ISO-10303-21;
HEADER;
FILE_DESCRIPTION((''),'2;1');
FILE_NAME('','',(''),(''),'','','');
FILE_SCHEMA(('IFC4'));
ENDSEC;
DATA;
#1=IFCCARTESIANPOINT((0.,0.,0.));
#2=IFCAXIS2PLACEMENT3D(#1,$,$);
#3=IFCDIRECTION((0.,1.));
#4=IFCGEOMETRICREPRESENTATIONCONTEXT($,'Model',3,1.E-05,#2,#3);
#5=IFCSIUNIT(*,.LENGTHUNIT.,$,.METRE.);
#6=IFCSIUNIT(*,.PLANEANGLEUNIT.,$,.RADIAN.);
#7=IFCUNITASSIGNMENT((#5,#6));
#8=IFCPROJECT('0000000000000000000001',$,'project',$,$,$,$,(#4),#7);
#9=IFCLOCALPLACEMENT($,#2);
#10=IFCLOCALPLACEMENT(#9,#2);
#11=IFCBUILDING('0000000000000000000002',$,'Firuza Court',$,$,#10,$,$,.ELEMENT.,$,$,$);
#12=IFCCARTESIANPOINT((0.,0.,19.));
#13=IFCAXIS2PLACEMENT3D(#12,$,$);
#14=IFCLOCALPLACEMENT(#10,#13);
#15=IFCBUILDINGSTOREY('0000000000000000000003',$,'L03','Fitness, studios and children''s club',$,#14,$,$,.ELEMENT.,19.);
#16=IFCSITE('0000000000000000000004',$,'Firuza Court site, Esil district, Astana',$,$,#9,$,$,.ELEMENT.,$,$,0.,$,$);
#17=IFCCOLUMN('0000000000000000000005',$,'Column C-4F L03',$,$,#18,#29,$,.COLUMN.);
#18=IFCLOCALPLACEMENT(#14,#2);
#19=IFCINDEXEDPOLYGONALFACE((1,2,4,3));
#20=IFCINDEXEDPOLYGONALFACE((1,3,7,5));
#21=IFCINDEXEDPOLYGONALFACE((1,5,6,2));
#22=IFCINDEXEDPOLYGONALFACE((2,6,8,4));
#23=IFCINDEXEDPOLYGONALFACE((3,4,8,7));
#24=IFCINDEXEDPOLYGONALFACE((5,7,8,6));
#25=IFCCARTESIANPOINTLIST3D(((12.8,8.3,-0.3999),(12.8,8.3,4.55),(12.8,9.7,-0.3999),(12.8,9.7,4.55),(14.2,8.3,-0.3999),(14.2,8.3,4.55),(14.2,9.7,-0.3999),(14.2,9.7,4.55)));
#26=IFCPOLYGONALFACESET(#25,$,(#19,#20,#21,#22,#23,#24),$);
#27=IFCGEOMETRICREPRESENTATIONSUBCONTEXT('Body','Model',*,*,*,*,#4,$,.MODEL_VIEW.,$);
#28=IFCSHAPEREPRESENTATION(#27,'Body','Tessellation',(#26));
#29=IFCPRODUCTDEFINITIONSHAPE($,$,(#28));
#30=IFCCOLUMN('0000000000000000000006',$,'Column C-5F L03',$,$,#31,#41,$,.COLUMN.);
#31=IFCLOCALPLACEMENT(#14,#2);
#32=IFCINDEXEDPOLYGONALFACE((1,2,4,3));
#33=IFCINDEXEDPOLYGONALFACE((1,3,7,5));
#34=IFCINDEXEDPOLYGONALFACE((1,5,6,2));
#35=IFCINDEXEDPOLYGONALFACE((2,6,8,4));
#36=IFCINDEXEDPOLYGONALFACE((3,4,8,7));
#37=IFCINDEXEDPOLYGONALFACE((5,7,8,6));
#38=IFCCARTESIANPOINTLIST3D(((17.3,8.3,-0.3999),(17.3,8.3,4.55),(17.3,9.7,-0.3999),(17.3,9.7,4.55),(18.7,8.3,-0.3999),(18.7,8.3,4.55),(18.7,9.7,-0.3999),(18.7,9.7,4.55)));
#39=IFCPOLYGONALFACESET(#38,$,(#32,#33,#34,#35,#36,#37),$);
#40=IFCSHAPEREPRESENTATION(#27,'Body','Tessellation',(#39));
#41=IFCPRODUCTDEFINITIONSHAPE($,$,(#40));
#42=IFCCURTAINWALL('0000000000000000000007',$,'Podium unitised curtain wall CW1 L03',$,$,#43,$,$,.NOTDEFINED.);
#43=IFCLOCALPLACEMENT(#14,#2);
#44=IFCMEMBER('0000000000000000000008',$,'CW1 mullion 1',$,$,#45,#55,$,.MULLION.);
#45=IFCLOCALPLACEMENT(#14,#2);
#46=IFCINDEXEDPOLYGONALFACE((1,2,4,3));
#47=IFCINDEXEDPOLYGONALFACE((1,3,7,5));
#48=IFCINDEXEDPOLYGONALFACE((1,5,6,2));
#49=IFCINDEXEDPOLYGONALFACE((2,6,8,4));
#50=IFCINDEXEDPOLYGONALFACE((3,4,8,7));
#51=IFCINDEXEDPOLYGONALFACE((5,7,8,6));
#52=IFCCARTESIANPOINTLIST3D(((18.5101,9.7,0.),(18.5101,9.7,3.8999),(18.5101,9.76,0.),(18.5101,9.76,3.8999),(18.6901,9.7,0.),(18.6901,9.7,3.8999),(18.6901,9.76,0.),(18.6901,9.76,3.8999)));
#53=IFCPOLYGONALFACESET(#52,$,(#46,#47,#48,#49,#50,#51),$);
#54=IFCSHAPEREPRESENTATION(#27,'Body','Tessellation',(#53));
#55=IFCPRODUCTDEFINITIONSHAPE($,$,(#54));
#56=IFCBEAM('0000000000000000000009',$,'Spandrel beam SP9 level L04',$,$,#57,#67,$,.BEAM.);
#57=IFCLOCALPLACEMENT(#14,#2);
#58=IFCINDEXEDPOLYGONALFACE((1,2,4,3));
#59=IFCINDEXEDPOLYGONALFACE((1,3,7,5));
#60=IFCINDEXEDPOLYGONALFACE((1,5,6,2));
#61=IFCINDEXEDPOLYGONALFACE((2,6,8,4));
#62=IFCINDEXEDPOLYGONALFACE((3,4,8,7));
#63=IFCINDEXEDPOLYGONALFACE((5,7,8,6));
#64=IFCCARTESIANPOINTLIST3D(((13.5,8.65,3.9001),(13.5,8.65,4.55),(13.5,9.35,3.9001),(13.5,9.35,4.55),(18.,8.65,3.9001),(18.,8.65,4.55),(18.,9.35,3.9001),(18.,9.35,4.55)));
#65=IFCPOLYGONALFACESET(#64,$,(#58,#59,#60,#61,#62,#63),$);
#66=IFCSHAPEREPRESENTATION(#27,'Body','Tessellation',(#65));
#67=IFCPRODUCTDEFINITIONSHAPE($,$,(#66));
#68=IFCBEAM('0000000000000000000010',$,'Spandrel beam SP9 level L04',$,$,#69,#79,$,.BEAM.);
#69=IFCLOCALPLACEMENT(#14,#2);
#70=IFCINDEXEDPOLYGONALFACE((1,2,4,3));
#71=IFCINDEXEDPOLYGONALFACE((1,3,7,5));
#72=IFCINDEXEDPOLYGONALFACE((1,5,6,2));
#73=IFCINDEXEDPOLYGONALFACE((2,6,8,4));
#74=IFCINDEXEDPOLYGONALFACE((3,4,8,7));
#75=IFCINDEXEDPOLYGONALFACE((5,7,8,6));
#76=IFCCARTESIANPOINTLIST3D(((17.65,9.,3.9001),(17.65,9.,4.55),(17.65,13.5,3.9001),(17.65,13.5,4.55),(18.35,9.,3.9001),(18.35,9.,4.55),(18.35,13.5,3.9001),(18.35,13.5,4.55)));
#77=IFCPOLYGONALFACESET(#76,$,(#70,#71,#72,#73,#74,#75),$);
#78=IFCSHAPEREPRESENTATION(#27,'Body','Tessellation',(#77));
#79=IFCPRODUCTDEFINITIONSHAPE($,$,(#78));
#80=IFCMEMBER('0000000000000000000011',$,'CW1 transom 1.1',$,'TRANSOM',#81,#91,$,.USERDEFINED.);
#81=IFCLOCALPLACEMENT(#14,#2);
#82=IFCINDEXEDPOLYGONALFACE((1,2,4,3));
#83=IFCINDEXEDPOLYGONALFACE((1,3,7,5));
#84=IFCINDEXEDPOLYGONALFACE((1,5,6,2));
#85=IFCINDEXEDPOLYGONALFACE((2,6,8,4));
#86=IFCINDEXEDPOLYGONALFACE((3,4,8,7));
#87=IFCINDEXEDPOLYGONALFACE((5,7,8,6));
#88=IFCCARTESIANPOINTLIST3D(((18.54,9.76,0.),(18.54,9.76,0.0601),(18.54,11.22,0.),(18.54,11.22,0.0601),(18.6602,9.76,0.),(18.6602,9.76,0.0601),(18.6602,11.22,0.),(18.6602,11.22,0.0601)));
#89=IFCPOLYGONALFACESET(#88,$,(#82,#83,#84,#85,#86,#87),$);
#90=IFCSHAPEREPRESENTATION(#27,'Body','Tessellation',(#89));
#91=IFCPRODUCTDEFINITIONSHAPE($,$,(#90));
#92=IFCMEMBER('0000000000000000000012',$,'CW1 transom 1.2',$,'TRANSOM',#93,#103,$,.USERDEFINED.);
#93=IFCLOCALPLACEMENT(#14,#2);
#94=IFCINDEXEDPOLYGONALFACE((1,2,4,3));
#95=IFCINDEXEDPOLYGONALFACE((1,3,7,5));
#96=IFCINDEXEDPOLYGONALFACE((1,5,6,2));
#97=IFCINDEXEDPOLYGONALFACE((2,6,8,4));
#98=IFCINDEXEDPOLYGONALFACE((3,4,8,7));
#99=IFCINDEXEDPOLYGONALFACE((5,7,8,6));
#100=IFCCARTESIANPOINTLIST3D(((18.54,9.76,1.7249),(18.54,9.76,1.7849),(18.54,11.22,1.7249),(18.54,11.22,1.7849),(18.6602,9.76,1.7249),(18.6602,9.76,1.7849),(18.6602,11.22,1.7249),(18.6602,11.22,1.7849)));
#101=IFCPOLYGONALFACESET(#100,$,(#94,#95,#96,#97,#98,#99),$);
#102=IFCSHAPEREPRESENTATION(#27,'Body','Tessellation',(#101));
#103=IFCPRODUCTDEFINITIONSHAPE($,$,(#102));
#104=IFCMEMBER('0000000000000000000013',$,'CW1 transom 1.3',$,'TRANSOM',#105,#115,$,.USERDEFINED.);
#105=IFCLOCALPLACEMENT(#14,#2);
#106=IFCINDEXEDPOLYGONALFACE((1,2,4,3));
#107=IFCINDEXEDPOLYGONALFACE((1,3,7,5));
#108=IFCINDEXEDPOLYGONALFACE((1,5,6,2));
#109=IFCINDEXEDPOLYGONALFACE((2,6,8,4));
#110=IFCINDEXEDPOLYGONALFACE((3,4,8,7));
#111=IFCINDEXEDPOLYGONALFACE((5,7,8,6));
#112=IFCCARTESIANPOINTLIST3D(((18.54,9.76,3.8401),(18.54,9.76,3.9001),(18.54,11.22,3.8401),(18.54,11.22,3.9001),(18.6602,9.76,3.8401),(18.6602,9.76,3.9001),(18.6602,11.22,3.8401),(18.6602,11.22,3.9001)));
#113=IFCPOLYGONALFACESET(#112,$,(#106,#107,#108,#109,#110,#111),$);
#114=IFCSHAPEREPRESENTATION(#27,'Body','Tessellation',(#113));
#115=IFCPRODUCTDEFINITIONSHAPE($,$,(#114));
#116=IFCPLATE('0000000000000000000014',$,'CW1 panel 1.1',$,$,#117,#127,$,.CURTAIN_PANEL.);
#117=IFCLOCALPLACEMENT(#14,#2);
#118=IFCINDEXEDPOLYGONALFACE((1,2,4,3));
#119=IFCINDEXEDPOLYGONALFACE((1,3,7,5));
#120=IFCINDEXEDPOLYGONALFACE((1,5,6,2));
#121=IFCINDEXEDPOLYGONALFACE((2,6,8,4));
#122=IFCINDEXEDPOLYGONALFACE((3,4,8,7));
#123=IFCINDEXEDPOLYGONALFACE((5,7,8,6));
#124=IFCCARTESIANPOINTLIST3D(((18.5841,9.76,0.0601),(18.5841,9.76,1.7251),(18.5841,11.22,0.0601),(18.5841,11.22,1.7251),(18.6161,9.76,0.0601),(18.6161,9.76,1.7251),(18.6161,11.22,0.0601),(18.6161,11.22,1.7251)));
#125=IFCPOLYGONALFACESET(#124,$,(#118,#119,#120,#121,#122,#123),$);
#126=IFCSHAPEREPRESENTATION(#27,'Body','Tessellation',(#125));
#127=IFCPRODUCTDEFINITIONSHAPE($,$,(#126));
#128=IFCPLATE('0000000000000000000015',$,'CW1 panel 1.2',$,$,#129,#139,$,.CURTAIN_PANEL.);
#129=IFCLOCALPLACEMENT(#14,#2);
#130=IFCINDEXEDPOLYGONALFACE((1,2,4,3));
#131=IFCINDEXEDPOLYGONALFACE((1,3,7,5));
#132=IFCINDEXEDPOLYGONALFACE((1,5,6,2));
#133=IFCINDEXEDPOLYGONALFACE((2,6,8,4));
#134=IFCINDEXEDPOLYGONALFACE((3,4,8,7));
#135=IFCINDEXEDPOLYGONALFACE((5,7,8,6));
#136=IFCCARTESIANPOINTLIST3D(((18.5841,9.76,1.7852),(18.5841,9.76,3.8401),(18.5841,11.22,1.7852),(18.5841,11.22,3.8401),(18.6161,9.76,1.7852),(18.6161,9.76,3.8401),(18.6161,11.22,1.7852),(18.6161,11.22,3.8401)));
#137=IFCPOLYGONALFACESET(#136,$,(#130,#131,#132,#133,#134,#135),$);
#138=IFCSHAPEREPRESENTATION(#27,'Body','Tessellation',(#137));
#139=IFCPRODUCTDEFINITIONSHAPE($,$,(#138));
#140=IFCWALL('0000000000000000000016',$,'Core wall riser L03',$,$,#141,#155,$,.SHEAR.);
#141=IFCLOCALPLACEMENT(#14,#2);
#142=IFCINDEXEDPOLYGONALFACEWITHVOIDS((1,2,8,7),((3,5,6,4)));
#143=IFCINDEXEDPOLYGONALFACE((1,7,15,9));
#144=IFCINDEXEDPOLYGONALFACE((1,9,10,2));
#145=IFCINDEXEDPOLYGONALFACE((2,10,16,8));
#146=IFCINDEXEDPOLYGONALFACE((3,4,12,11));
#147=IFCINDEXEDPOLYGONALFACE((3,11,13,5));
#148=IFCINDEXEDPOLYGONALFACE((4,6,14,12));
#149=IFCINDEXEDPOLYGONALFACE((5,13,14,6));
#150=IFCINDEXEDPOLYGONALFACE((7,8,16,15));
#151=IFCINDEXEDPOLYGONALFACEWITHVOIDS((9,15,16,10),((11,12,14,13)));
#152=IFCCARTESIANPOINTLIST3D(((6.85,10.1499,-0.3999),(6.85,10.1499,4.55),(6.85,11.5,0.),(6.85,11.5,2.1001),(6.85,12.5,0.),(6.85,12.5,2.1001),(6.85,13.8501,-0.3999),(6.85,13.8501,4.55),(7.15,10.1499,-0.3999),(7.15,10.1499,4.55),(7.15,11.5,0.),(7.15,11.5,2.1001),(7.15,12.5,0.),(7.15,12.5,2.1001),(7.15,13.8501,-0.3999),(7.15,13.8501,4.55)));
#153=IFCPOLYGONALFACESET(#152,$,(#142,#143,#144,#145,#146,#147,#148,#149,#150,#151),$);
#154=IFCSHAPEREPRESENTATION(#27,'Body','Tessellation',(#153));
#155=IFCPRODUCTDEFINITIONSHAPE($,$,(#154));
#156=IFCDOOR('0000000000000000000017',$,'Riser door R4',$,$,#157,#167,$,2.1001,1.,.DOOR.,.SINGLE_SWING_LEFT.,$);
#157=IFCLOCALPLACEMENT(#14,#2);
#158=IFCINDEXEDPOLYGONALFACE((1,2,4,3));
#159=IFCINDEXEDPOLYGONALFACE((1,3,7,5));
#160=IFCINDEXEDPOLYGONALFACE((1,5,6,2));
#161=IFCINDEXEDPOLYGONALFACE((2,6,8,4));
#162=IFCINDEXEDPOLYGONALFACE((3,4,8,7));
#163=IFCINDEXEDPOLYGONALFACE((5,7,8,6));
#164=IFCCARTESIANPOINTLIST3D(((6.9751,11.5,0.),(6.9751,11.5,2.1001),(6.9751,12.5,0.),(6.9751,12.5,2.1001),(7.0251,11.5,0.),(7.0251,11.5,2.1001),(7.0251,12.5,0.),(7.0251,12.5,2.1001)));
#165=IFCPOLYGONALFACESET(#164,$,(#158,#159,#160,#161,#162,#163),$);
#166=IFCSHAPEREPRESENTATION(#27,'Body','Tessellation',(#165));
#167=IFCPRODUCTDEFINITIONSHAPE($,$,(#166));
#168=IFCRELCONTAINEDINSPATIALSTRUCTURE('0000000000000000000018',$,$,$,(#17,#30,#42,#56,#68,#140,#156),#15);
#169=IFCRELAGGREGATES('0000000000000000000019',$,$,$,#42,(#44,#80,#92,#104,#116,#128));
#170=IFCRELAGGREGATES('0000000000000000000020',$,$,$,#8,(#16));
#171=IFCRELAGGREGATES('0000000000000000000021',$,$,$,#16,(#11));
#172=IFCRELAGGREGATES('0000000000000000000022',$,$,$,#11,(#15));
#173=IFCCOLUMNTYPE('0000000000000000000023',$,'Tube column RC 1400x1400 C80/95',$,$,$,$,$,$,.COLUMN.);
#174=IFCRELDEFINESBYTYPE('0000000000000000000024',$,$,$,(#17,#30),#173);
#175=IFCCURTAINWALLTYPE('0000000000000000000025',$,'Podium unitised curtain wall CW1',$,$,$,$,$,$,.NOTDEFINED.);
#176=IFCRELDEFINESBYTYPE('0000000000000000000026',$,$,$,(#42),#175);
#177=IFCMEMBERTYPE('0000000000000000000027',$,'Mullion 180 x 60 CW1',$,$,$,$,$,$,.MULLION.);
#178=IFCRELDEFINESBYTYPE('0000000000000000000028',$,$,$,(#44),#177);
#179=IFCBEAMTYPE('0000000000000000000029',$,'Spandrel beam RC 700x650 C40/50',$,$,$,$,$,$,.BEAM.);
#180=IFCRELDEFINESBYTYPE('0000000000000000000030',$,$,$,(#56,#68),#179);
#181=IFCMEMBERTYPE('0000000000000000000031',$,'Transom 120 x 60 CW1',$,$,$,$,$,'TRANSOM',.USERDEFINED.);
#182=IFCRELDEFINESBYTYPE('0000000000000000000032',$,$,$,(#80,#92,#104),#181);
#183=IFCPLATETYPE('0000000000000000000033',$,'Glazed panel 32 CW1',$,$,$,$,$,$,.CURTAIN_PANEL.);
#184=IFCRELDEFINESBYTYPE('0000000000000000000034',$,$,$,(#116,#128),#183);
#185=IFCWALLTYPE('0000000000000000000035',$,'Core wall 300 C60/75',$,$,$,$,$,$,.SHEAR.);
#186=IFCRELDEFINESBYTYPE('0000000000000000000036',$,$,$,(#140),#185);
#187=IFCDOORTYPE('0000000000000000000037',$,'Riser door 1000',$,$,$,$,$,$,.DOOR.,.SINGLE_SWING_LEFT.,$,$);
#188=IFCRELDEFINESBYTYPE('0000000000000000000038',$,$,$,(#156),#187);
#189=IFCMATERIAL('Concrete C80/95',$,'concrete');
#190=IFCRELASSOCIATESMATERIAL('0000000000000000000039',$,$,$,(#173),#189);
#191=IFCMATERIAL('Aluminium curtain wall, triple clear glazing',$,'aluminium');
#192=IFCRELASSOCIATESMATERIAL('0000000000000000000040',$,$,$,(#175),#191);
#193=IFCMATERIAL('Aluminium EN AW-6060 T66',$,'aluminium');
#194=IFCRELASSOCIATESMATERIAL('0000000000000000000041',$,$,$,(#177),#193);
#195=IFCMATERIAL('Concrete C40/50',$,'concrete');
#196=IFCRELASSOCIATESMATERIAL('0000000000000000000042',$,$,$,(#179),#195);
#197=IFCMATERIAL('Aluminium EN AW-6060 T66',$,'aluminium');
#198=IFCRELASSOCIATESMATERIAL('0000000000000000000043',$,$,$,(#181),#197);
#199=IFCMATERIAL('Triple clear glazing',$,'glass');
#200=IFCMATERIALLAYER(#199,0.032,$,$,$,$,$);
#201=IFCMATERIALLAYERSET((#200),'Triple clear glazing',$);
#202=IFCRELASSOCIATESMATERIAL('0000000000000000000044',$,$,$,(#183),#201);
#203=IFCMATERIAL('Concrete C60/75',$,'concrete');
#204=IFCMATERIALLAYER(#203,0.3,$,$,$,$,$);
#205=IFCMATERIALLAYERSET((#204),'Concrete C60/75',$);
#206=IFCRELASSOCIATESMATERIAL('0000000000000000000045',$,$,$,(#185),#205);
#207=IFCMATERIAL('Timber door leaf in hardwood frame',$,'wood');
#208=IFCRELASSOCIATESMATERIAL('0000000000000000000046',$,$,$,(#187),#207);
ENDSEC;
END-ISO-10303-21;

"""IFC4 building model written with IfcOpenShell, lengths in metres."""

from ifc_helpers import new_model, si_unit, direction, frame, frame_2d, origin, origin_2d, place, context, subcontext, project, spatial, rectangle, extrude, material, layer, layer_set, material_profile, profile_set, type_object, element, fill, aggregate, save


model = new_model("IFC4")

# Units and contexts
model_context = context("Model", 3, precision=1e-05, world=origin(), true_north=direction((0.0, 1.0)))
body_context = subcontext(model_context, "Body", "Model", "MODEL_VIEW")
ifc_project = project(units=[si_unit("LENGTHUNIT", "METRE"), si_unit("PLANEANGLEUNIT", "RADIAN")], contexts=[model_context])

# Site, building, storey
site_placement = place(None, origin())
site = spatial("IfcSite", under=ifc_project, at=site_placement, Name="Firuza Court site, Esil district, Astana", CompositionType="ELEMENT", RefElevation=0.0)
building_placement = place(site_placement, origin())
building = spatial("IfcBuilding", under=site, at=building_placement, Name="Firuza Court", CompositionType="ELEMENT")
storey_placement = place(building_placement, frame((0.0, 0.0, 19.0)))
storey = spatial("IfcBuildingStorey", under=building, at=storey_placement, Name="L03", Description="Fitness, studios and children's club", CompositionType="ELEMENT", Elevation=19.0)

# Columns
ifc_material_1 = material(Name="Concrete C80/95", Category="concrete")
ifc_material_profile_1 = material_profile(ifc_material_1, rectangle(XDim=1.3999, YDim=1.3999, at=origin_2d()), Name="RC 1400x1400")
ifc_profile_set_1 = profile_set([ifc_material_profile_1], Name="Concrete C80/95")
column_type = type_object("IfcColumnType", Name="Tube column RC 1400x1400 C80/95", PredefinedType="COLUMN", material=ifc_profile_set_1)
for number, where, z_axis, x_axis, name in (
    (1, (13.5, 9.0, -0.3999), (0.0, 0.0, 1.0), (1.0, 0.0, 0.0), "Column C-4F L03"),
    (2, (18.0, 9.0, -0.3999), (0.0, 0.0, 1.0), (1.0, 0.0, 0.0), "Column C-5F L03"),
):
    element("IfcColumn", number, at=place(storey_placement, frame(where, z_axis=z_axis, x_axis=x_axis)), inside=storey, type_object=column_type, Name=name, PredefinedType="COLUMN", context=body_context, shape_type="SweptSolid", body=[
        extrude(rectangle(XDim=1.3999, YDim=1.3999, at=origin_2d()), origin(), (0.0, 0.0, 1.0), 4.95),
    ])

# Curtain wall, member
ifc_material_2 = material(Name="Aluminium curtain wall, triple clear glazing", Category="aluminium")
curtain_wall_type = type_object("IfcCurtainWallType", Name="Podium unitised curtain wall CW1", PredefinedType="NOTDEFINED", material=ifc_material_2)
curtain_wall_placement = place(storey_placement, origin())
curtain_wall = element("IfcCurtainWall", 3, at=curtain_wall_placement, inside=storey, type_object=curtain_wall_type, Name="Podium unitised curtain wall CW1 L03", PredefinedType="NOTDEFINED")
ifc_material_3 = material(Name="Aluminium EN AW-6060 T66", Category="aluminium")
ifc_material_profile_2 = material_profile(ifc_material_3, rectangle(XDim=0.1799, YDim=0.0601, at=origin_2d()), Name="Mullion 180 x 60 CW1")
ifc_profile_set_2 = profile_set([ifc_material_profile_2], Name="Aluminium EN AW-6060 T66")
member_type_1 = type_object("IfcMemberType", Name="Mullion 180 x 60 CW1", PredefinedType="MULLION", material=ifc_profile_set_2)
member_1_placement = place(storey_placement, frame((18.6001, 9.73, 0.0), z_axis=(0.0, 0.0, 1.0), x_axis=(-1.0, 0.0, 0.0)))
member_1 = element("IfcMember", 4, at=member_1_placement, type_object=member_type_1, Name="CW1 mullion 1", PredefinedType="MULLION", context=body_context, shape_type="SweptSolid", body=[
    extrude(rectangle(XDim=0.1799, YDim=0.0601, at=origin_2d()), origin(), (0.0, 0.0, 1.0), 3.8999),
])

# Beams
ifc_material_4 = material(Name="Concrete C40/50", Category="concrete")
ifc_material_profile_3 = material_profile(ifc_material_4, rectangle(XDim=0.7, YDim=0.6499, at=origin_2d()), Name="RC 700x650")
ifc_profile_set_3 = profile_set([ifc_material_profile_3], Name="Concrete C40/50")
beam_type = type_object("IfcBeamType", Name="Spandrel beam RC 700x650 C40/50", PredefinedType="BEAM", material=ifc_profile_set_3)
for number, where, z_axis, x_axis, name in (
    (5, (13.5, 9.0, 4.2251), (1.0, 0.0, 0.0), (0.0, 1.0, 0.0), "Spandrel beam SP9 level L04"),
    (6, (18.0, 9.0, 4.2251), (0.0, 1.0, 0.0), (-1.0, 0.0, 0.0), "Spandrel beam SP9 level L04"),
):
    element("IfcBeam", number, at=place(storey_placement, frame(where, z_axis=z_axis, x_axis=x_axis)), inside=storey, type_object=beam_type, Name=name, PredefinedType="BEAM", context=body_context, shape_type="SweptSolid", body=[
        extrude(rectangle(XDim=0.7, YDim=0.6499, at=origin_2d()), origin(), (0.0, 0.0, 1.0), 4.5),
    ])

# Members
ifc_material_5 = material(Name="Aluminium EN AW-6060 T66", Category="aluminium")
ifc_material_profile_4 = material_profile(ifc_material_5, rectangle(XDim=0.1201, YDim=0.0601, at=origin_2d()), Name="Transom 120 x 60 CW1")
ifc_profile_set_4 = profile_set([ifc_material_profile_4], Name="Aluminium EN AW-6060 T66")
member_type_2 = type_object("IfcMemberType", Name="Transom 120 x 60 CW1", ElementType="TRANSOM", PredefinedType="USERDEFINED", material=ifc_profile_set_4)
member_2_placement = place(storey_placement, frame((18.6001, 9.76, 0.03), z_axis=(0.0, 1.0, 0.0), x_axis=(-1.0, 0.0, 0.0)))
member_2 = element("IfcMember", 7, at=member_2_placement, type_object=member_type_2, Name="CW1 transom 1.1", ObjectType="TRANSOM", PredefinedType="USERDEFINED", context=body_context, shape_type="SweptSolid", body=[
    extrude(rectangle(XDim=0.1201, YDim=0.0601, at=origin_2d()), origin(), (0.0, 0.0, 1.0), 1.46),
])
member_3_placement = place(storey_placement, frame((18.6001, 9.76, 1.7549), z_axis=(0.0, 1.0, 0.0), x_axis=(-1.0, 0.0, 0.0)))
member_3 = element("IfcMember", 8, at=member_3_placement, type_object=member_type_2, Name="CW1 transom 1.2", ObjectType="TRANSOM", PredefinedType="USERDEFINED", context=body_context, shape_type="SweptSolid", body=[
    extrude(rectangle(XDim=0.1201, YDim=0.0601, at=origin_2d()), origin(), (0.0, 0.0, 1.0), 1.46),
])
member_4_placement = place(storey_placement, frame((18.6001, 9.76, 3.8701), z_axis=(0.0, 1.0, 0.0), x_axis=(-1.0, 0.0, 0.0)))
member_4 = element("IfcMember", 9, at=member_4_placement, type_object=member_type_2, Name="CW1 transom 1.3", ObjectType="TRANSOM", PredefinedType="USERDEFINED", context=body_context, shape_type="SweptSolid", body=[
    extrude(rectangle(XDim=0.1201, YDim=0.0601, at=origin_2d()), origin(), (0.0, 0.0, 1.0), 1.46),
])

# Plates
ifc_material_6 = material(Name="Triple clear glazing", Category="glass")
ifc_layer_1 = layer(ifc_material_6, 0.032)
ifc_layer_set_1 = layer_set([ifc_layer_1], Name="Triple clear glazing")
plate_type = type_object("IfcPlateType", Name="Glazed panel 32 CW1", PredefinedType="CURTAIN_PANEL", material=ifc_layer_set_1)
plate_1_placement = place(storey_placement, frame((18.6001, 10.49, 0.0601), z_axis=(0.0, 0.0, 1.0), x_axis=(0.0, 1.0, 0.0)))
plate_1 = element("IfcPlate", 10, at=plate_1_placement, type_object=plate_type, Name="CW1 panel 1.1", PredefinedType="CURTAIN_PANEL", context=body_context, shape_type="SweptSolid", body=[
    extrude(rectangle(XDim=1.46, YDim=0.032, at=origin_2d()), origin(), (0.0, 0.0, 1.0), 1.665),
])
plate_2_placement = place(storey_placement, frame((18.6001, 10.49, 1.7852), z_axis=(0.0, 0.0, 1.0), x_axis=(0.0, 1.0, 0.0)))
plate_2 = element("IfcPlate", 11, at=plate_2_placement, type_object=plate_type, Name="CW1 panel 1.2", PredefinedType="CURTAIN_PANEL", context=body_context, shape_type="SweptSolid", body=[
    extrude(rectangle(XDim=1.46, YDim=0.032, at=origin_2d()), origin(), (0.0, 0.0, 1.0), 2.0549),
])
aggregate(curtain_wall, [member_1, member_2, member_3, member_4, plate_1, plate_2])

# Wall, opening, door
ifc_material_7 = material(Name="Concrete C60/75", Category="concrete")
ifc_layer_2 = layer(ifc_material_7, 0.3)
ifc_layer_set_2 = layer_set([ifc_layer_2], Name="Concrete C60/75")
wall_type_1 = type_object("IfcWallType", Name="Core wall 300 C60/75", PredefinedType="SHEAR", material=ifc_layer_set_2)
wall_1_placement = place(storey_placement, frame((7.0, 10.1499, -0.3999), z_axis=(0.0, 0.0, 1.0), x_axis=(0.0, 1.0, 0.0)))
wall_1 = element("IfcWall", 12, at=wall_1_placement, inside=storey, type_object=wall_type_1, Name="Core wall riser L03", PredefinedType="SHEAR", context=body_context, shape_type="SweptSolid", body=[
    extrude(rectangle(XDim=3.7002, YDim=0.3, at=frame_2d((1.8501, 0.0))), origin(), (0.0, 0.0, 1.0), 4.95),
])
opening_1_placement = place(wall_1_placement, frame((1.3501, 0.0, 0.3999)))
opening_1 = element("IfcOpeningElement", 13, at=opening_1_placement, cuts=wall_1, PredefinedType="OPENING", context=body_context, shape_type="SweptSolid", body=[
    extrude(rectangle(XDim=1.0, YDim=2.1001, at=frame_2d((0.5, 1.05))), frame((0.0, 0.1621, 0.0), z_axis=(0.0, -1.0, 0.0), x_axis=(1.0, 0.0, 0.0)), (0.0, 0.0, 1.0), 0.324),
])
ifc_material_8 = material(Name="Timber door leaf in hardwood frame", Category="wood")
door_type_1 = type_object("IfcDoorType", Name="Riser door 1000", OperationType="SINGLE_SWING_LEFT", PredefinedType="DOOR", material=ifc_material_8)
door_1_placement = place(opening_1_placement, origin())
door_1 = element("IfcDoor", 14, at=door_1_placement, inside=storey, type_object=door_type_1, Name="Riser door R4", OperationType="SINGLE_SWING_LEFT", OverallHeight=2.1001, OverallWidth=1.0, PredefinedType="DOOR", context=body_context, shape_type="SweptSolid", body=[
    extrude(rectangle(XDim=1.0, YDim=2.1001, at=frame_2d((0.5, 1.05))), frame((0.0, 0.0249, 0.0), z_axis=(0.0, -1.0, 0.0), x_axis=(1.0, 0.0, 0.0)), (0.0, 0.0, 1.0), 0.05),
])
fill(opening_1, door_1)

save(model, "model.ifc")
